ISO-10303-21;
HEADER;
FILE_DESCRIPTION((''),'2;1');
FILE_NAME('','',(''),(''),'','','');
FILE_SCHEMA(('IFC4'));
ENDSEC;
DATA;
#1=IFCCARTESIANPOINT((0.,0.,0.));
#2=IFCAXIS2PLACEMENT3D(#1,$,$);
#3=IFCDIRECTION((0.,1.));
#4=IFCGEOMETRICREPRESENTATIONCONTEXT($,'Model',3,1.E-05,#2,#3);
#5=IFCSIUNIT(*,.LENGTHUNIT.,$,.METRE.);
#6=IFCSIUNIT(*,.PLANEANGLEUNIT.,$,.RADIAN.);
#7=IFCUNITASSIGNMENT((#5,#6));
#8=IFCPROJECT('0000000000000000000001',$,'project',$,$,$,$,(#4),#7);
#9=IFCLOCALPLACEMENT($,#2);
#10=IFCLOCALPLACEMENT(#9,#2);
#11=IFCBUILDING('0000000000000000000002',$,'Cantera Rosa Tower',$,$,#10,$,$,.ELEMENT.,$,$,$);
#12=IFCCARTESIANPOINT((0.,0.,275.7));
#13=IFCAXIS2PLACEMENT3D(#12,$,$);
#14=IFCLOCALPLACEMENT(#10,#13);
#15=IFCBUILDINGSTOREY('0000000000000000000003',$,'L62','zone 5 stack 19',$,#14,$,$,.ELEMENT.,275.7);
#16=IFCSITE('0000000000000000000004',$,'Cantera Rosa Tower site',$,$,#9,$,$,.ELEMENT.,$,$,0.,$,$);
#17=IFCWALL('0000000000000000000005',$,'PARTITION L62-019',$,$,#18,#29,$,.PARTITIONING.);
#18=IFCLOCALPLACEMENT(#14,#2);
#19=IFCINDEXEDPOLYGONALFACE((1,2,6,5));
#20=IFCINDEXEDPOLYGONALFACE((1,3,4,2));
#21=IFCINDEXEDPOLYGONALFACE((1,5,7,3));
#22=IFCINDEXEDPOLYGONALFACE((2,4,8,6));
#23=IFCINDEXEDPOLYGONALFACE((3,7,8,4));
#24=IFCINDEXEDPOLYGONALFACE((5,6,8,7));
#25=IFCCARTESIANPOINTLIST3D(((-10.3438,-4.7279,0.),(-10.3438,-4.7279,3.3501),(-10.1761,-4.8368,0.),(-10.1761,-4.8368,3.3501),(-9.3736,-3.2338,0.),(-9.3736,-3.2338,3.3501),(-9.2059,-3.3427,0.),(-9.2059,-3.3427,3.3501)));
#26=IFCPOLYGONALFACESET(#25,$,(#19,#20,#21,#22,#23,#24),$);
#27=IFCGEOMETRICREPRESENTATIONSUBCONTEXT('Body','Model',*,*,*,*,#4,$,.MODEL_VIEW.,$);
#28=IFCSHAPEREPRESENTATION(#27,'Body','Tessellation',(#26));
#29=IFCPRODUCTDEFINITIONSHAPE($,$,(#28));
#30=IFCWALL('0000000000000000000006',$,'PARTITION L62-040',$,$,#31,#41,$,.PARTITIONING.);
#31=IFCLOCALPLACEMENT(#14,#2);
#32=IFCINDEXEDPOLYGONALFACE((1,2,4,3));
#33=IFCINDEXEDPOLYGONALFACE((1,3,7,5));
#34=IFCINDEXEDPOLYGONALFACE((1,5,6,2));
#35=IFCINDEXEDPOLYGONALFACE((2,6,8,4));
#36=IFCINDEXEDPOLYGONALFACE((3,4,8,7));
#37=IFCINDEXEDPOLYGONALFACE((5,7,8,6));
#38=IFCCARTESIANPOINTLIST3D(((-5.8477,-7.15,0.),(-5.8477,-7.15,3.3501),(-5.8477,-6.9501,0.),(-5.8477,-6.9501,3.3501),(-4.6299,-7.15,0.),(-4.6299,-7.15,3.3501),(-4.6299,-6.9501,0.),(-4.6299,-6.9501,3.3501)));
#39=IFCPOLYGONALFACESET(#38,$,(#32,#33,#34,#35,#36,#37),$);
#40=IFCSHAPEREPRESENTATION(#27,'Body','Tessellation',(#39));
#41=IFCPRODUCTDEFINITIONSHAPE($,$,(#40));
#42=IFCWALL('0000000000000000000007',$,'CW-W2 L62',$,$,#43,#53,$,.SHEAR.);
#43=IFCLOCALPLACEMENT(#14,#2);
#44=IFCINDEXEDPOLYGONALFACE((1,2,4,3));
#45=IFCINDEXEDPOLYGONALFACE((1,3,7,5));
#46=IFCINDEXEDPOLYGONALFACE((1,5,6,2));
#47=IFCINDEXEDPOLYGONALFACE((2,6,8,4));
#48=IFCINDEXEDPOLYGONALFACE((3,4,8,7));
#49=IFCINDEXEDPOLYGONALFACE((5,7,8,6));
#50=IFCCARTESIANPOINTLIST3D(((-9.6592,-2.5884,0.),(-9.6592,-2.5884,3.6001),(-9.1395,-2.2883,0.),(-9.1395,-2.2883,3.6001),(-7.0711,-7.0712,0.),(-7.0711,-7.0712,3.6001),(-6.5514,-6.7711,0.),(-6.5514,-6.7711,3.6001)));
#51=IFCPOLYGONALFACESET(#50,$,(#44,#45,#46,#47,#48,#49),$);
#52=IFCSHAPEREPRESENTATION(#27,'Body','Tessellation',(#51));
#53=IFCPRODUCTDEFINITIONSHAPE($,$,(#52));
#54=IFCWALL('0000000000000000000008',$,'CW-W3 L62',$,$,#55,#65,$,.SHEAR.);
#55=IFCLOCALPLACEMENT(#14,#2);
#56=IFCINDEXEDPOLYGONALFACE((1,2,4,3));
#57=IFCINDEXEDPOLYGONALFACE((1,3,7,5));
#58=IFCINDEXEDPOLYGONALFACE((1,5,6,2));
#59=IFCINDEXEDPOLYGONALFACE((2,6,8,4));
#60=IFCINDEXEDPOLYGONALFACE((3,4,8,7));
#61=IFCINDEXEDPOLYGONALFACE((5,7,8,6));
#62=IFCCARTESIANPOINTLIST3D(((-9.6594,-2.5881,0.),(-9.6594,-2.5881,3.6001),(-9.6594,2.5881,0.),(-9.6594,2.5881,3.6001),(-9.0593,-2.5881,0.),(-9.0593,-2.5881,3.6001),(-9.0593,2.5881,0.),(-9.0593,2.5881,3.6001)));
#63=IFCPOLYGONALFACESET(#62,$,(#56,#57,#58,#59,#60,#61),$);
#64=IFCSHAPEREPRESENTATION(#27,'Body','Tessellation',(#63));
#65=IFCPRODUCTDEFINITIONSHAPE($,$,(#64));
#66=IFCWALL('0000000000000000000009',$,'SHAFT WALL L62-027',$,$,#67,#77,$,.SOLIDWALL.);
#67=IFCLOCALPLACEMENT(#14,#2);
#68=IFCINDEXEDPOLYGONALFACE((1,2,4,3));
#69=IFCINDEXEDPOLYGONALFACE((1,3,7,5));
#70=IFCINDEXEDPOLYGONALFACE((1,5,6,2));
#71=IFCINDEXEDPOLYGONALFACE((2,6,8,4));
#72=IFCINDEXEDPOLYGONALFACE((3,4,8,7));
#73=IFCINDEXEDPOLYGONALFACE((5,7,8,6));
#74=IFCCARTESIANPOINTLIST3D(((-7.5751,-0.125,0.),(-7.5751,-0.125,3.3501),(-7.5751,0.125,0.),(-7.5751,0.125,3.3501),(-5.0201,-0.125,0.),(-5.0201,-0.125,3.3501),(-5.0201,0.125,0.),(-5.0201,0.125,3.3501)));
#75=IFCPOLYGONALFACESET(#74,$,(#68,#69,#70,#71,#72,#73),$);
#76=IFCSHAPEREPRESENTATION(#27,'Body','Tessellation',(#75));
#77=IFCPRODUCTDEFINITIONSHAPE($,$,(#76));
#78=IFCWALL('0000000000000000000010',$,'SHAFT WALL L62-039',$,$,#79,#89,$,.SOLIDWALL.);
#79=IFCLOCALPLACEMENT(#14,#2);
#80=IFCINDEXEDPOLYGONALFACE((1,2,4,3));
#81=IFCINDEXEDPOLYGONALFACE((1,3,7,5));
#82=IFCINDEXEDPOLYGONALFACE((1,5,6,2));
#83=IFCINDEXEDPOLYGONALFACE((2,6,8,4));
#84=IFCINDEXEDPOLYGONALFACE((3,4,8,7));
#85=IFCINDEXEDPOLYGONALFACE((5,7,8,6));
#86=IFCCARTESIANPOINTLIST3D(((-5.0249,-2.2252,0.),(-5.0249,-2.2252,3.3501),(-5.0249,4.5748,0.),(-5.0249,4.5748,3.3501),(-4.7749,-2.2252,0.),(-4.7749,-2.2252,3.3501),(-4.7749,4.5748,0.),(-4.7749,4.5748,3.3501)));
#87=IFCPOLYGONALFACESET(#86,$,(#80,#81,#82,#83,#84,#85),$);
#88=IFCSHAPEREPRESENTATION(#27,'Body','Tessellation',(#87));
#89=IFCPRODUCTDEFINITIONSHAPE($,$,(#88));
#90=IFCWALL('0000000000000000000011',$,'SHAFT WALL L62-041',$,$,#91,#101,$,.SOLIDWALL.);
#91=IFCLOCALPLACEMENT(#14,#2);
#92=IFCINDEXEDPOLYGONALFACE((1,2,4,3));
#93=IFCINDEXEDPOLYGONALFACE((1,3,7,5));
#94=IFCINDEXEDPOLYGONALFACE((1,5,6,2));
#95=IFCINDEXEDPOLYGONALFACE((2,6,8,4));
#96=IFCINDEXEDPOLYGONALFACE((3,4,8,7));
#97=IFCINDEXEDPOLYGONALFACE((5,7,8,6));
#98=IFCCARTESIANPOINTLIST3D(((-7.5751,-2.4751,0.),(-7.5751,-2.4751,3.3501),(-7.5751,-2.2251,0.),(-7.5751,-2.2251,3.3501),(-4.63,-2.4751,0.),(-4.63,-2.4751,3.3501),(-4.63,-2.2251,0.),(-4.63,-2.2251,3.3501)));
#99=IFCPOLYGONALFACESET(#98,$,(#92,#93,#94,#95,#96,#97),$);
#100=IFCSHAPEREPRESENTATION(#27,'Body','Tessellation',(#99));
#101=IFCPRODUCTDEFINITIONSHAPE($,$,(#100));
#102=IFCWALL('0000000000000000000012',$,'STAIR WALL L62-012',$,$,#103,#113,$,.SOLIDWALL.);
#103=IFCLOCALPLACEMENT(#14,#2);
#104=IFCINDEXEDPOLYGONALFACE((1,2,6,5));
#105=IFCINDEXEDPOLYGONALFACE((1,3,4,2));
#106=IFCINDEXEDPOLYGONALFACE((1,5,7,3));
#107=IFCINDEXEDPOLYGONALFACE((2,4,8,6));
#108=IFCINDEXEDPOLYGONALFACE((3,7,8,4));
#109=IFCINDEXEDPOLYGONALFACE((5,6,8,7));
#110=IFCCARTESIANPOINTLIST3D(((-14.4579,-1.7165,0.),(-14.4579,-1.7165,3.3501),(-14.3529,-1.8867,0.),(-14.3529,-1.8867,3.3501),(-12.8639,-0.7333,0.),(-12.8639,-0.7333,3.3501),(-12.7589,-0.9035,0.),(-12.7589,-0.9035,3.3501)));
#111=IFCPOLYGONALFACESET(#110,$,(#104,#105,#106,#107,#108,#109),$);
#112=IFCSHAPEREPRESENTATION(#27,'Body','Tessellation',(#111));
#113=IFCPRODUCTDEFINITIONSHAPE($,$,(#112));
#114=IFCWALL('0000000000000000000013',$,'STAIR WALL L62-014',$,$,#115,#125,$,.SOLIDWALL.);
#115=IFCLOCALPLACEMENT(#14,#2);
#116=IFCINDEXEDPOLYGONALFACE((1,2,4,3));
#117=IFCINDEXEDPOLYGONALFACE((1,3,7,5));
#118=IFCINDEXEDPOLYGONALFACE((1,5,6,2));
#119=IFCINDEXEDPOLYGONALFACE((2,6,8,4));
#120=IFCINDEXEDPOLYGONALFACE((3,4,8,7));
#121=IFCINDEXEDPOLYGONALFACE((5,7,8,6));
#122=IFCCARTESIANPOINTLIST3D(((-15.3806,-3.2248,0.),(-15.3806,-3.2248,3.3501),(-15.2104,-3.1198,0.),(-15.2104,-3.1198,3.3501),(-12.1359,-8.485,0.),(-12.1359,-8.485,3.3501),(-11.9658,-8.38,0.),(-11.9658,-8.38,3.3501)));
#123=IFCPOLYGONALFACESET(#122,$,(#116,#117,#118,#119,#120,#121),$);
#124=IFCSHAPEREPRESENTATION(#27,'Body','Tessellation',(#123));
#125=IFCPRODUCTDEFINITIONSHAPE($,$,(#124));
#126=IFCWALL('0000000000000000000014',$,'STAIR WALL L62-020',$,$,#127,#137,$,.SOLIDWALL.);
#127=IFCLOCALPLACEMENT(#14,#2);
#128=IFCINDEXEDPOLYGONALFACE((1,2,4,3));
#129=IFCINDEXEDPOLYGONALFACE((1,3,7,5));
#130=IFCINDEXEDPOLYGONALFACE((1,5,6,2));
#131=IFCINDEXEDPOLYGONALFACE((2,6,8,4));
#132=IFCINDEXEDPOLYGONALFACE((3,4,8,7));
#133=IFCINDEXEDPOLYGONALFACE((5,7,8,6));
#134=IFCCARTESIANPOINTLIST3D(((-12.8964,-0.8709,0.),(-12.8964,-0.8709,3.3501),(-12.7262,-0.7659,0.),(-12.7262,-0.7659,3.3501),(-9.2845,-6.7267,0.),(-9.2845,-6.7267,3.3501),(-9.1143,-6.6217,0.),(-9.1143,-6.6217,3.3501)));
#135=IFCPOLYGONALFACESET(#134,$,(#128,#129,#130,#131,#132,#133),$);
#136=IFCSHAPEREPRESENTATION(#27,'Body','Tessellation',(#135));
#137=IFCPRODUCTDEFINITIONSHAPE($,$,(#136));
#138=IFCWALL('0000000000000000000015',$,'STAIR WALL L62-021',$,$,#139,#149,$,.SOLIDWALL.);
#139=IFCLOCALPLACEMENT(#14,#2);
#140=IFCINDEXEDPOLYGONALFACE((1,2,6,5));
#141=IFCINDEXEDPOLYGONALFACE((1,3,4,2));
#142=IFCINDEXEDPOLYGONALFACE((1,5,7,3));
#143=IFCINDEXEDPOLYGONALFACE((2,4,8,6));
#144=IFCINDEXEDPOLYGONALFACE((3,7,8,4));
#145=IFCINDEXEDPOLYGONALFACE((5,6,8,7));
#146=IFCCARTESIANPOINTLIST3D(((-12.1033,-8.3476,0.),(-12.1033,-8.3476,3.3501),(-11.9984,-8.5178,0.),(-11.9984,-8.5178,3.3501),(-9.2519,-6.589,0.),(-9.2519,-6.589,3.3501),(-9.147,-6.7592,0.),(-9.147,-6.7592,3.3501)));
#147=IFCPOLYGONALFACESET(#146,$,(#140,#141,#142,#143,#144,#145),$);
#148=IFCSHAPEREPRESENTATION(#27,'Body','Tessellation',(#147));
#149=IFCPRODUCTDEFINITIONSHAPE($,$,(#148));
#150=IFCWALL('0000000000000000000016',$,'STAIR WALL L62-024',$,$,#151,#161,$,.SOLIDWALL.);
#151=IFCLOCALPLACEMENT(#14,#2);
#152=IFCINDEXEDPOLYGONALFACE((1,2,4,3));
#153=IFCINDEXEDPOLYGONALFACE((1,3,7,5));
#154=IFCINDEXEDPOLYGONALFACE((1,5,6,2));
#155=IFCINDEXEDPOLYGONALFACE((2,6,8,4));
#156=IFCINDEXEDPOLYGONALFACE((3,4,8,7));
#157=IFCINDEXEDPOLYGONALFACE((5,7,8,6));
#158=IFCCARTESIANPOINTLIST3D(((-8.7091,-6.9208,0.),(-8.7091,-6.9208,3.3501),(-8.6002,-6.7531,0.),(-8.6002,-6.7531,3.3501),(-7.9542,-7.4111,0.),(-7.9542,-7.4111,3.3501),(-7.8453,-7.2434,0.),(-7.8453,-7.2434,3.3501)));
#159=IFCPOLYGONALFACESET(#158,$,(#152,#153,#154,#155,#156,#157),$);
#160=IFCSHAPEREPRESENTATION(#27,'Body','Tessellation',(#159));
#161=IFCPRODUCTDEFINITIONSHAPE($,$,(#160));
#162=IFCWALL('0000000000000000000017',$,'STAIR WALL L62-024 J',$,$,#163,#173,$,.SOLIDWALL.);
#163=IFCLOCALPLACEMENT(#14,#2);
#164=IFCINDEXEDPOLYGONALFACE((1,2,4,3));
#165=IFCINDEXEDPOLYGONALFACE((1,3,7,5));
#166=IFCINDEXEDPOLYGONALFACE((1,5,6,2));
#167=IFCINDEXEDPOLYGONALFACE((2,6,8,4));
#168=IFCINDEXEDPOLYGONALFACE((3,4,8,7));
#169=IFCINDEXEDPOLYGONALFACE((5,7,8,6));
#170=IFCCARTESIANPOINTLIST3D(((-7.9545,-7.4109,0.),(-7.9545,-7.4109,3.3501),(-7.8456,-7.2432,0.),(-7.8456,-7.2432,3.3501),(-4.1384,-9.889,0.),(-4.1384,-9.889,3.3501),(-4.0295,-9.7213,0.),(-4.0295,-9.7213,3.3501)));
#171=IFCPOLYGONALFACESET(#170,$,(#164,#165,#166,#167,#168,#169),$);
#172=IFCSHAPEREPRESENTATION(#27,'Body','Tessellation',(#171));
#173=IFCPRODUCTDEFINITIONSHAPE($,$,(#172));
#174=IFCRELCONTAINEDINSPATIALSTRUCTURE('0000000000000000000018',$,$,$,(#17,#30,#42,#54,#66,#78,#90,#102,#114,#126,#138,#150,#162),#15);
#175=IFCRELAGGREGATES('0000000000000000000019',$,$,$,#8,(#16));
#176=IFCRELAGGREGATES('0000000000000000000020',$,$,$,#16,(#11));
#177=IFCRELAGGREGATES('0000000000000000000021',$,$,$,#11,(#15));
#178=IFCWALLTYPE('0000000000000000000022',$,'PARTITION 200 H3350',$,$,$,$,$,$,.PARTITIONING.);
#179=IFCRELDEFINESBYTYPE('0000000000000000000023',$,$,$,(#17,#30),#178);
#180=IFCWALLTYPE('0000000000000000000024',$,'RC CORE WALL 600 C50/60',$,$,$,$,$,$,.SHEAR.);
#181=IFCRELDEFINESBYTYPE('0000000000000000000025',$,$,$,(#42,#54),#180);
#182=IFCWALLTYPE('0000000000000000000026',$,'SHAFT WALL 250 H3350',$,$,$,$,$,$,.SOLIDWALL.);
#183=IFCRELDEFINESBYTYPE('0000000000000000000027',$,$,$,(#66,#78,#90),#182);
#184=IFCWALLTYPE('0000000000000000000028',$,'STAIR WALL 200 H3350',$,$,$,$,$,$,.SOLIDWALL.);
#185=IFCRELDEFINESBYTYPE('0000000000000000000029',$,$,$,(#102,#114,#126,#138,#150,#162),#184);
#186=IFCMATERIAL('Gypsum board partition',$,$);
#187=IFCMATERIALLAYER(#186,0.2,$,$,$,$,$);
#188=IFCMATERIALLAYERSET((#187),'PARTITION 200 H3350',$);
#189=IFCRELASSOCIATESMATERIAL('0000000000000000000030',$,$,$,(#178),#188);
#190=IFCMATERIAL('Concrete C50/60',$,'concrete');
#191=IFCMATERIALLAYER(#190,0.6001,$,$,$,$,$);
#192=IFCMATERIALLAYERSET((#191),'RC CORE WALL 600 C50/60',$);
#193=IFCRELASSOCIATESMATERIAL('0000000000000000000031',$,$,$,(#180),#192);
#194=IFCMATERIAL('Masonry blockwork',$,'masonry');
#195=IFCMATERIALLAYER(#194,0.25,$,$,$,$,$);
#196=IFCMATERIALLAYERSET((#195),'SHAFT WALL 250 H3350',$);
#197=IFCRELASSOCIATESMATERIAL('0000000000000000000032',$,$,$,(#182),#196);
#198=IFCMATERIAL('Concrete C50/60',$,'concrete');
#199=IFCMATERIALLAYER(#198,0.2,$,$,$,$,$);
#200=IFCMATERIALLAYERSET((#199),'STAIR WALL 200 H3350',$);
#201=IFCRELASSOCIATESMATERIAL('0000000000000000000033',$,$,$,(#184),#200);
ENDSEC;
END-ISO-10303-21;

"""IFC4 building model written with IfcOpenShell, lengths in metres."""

from ifc_helpers import new_model, si_unit, direction, frame, frame_2d, origin, place, context, subcontext, project, spatial, rectangle, extrude, material, layer, layer_set, type_object, element, save


model = new_model("IFC4")

# Units and contexts
model_context = context("Model", 3, precision=1e-05, world=origin(), true_north=direction((0.0, 1.0)))
body_context = subcontext(model_context, "Body", "Model", "MODEL_VIEW")
ifc_project = project(units=[si_unit("LENGTHUNIT", "METRE"), si_unit("PLANEANGLEUNIT", "RADIAN")], contexts=[model_context])

# Site, building, storey
site_placement = place(None, origin())
site = spatial("IfcSite", under=ifc_project, at=site_placement, Name="Cantera Rosa Tower site", CompositionType="ELEMENT", RefElevation=0.0)
building_placement = place(site_placement, origin())
building = spatial("IfcBuilding", under=site, at=building_placement, Name="Cantera Rosa Tower", CompositionType="ELEMENT")
storey_placement = place(building_placement, frame((0.0, 0.0, 275.7)))
storey = spatial("IfcBuildingStorey", under=building, at=storey_placement, Name="L62", Description="zone 5 stack 19", CompositionType="ELEMENT", Elevation=275.7)

# Walls
ifc_material_1 = material(Name="Gypsum board partition")
ifc_layer_1 = layer(ifc_material_1, 0.2)
ifc_layer_set_1 = layer_set([ifc_layer_1], Name="PARTITION 200 H3350")
wall_type_1 = type_object("IfcWallType", Name="PARTITION 200 H3350", PredefinedType="PARTITIONING", material=ifc_layer_set_1)
wall_1_placement = place(storey_placement, frame((-9.2898, -3.2883, 0.0), z_axis=(0.0, 0.0, 1.0), x_axis=(-0.544603, -0.838694, 0.0)))
element("IfcWall", 1, at=wall_1_placement, inside=storey, type_object=wall_type_1, Name="PARTITION L62-019", PredefinedType="PARTITIONING", context=body_context, shape_type="SweptSolid", body=[
    extrude(rectangle(XDim=1.7815, YDim=0.2, at=frame_2d((0.8906, 0.0))), origin(), (0.0, 0.0, 1.0), 3.3501),
])
wall_2_placement = place(storey_placement, frame((-4.6299, -7.05, 0.0), z_axis=(0.0, 0.0, 1.0), x_axis=(-1.0, 0.0, 0.0)))
element("IfcWall", 2, at=wall_2_placement, inside=storey, type_object=wall_type_1, Name="PARTITION L62-040", PredefinedType="PARTITIONING", context=body_context, shape_type="SweptSolid", body=[
    extrude(rectangle(XDim=1.2178, YDim=0.2, at=frame_2d((0.6089, 0.0))), origin(), (0.0, 0.0, 1.0), 3.3501),
])
ifc_material_2 = material(Name="Concrete C50/60", Category="concrete")
ifc_layer_2 = layer(ifc_material_2, 0.6001)
ifc_layer_set_2 = layer_set([ifc_layer_2], Name="RC CORE WALL 600 C50/60")
wall_type_2 = type_object("IfcWallType", Name="RC CORE WALL 600 C50/60", PredefinedType="SHEAR", material=ifc_layer_set_2)
for number, where, z_axis, x_axis, name in (
    (3, (-6.8113, -6.9211, 0.0), (0.0, 0.0, 1.0), (-0.499989, 0.866032, 0.0), "CW-W2 L62"),
    (4, (-9.3594, -2.5881, 0.0), (0.0, 0.0, 1.0), (0.0, 1.0, 0.0), "CW-W3 L62"),
):
    element("IfcWall", number, at=place(storey_placement, frame(where, z_axis=z_axis, x_axis=x_axis)), inside=storey, type_object=wall_type_2, Name=name, PredefinedType="SHEAR", context=body_context, shape_type="SweptSolid", body=[
        extrude(rectangle(XDim=5.1763, YDim=0.6001, at=frame_2d((2.5881, 0.0))), origin(), (0.0, 0.0, 1.0), 3.6001),
    ])
ifc_material_3 = material(Name="Masonry blockwork", Category="masonry")
ifc_layer_3 = layer(ifc_material_3, 0.25)
ifc_layer_set_3 = layer_set([ifc_layer_3], Name="SHAFT WALL 250 H3350")
wall_type_3 = type_object("IfcWallType", Name="SHAFT WALL 250 H3350", PredefinedType="SOLIDWALL", material=ifc_layer_set_3)
wall_3_placement = place(storey_placement, frame((-7.575, 0.0, 0.0), z_axis=(0.0, 0.0, 1.0), x_axis=(1.0, 0.0, 0.0)))
element("IfcWall", 5, at=wall_3_placement, inside=storey, type_object=wall_type_3, Name="SHAFT WALL L62-027", PredefinedType="SOLIDWALL", context=body_context, shape_type="SweptSolid", body=[
    extrude(rectangle(XDim=2.5549, YDim=0.25, at=frame_2d((1.2773, 0.0))), origin(), (0.0, 0.0, 1.0), 3.3501),
])
wall_4_placement = place(storey_placement, frame((-4.8999, -2.2251, 0.0), z_axis=(0.0, 0.0, 1.0), x_axis=(0.0, 1.0, 0.0)))
element("IfcWall", 6, at=wall_4_placement, inside=storey, type_object=wall_type_3, Name="SHAFT WALL L62-039", PredefinedType="SOLIDWALL", context=body_context, shape_type="SweptSolid", body=[
    extrude(rectangle(XDim=6.8, YDim=0.25, at=frame_2d((3.3999, 0.0))), origin(), (0.0, 0.0, 1.0), 3.3501),
])
wall_5_placement = place(storey_placement, frame((-4.6299, -2.3501, 0.0), z_axis=(0.0, 0.0, 1.0), x_axis=(-1.0, 0.0, 0.0)))
element("IfcWall", 7, at=wall_5_placement, inside=storey, type_object=wall_type_3, Name="SHAFT WALL L62-041", PredefinedType="SOLIDWALL", context=body_context, shape_type="SweptSolid", body=[
    extrude(rectangle(XDim=2.9451, YDim=0.25, at=frame_2d((1.4727, 0.0))), origin(), (0.0, 0.0, 1.0), 3.3501),
])
ifc_material_4 = material(Name="Concrete C50/60", Category="concrete")
ifc_layer_4 = layer(ifc_material_4, 0.2)
ifc_layer_set_4 = layer_set([ifc_layer_4], Name="STAIR WALL 200 H3350")
wall_type_4 = type_object("IfcWallType", Name="STAIR WALL 200 H3350", PredefinedType="SOLIDWALL", material=ifc_layer_set_4)
wall_6_placement = place(storey_placement, frame((-12.8113, -0.8184, 0.0), z_axis=(0.0, 0.0, 1.0), x_axis=(-0.851125, -0.524963, 0.0)))
element("IfcWall", 8, at=wall_6_placement, inside=storey, type_object=wall_type_4, Name="STAIR WALL L62-012", PredefinedType="SOLIDWALL", context=body_context, shape_type="SweptSolid", body=[
    extrude(rectangle(XDim=1.8728, YDim=0.2, at=frame_2d((0.9365, 0.0))), origin(), (0.0, 0.0, 1.0), 3.3501),
])
wall_7_placement = place(storey_placement, frame((-12.0508, -8.4326, 0.0), z_axis=(0.0, 0.0, 1.0), x_axis=(-0.524983, 0.851113, 0.0)))
element("IfcWall", 9, at=wall_7_placement, inside=storey, type_object=wall_type_4, Name="STAIR WALL L62-014", PredefinedType="SOLIDWALL", context=body_context, shape_type="SweptSolid", body=[
    extrude(rectangle(XDim=6.1804, YDim=0.2, at=frame_2d((3.0903, 0.0))), origin(), (0.0, 0.0, 1.0), 3.3501),
])
wall_8_placement = place(storey_placement, frame((-9.1995, -6.6741, 0.0), z_axis=(0.0, 0.0, 1.0), x_axis=(-0.524972, 0.851119, 0.0)))
element("IfcWall", 10, at=wall_8_placement, inside=storey, type_object=wall_type_4, Name="STAIR WALL L62-020", PredefinedType="SOLIDWALL", context=body_context, shape_type="SweptSolid", body=[
    extrude(rectangle(XDim=6.8801, YDim=0.2, at=frame_2d((3.4399, 0.0))), origin(), (0.0, 0.0, 1.0), 3.3501),
])
wall_9_placement = place(storey_placement, frame((-9.1995, -6.6741, 0.0), z_axis=(0.0, 0.0, 1.0), x_axis=(-0.85114, -0.524939, 0.0)))
element("IfcWall", 11, at=wall_9_placement, inside=storey, type_object=wall_type_4, Name="STAIR WALL L62-021", PredefinedType="SOLIDWALL", context=body_context, shape_type="SweptSolid", body=[
    extrude(rectangle(XDim=3.3501, YDim=0.2, at=frame_2d((1.675, 0.0))), origin(), (0.0, 0.0, 1.0), 3.3501),
])
wall_10_placement = place(storey_placement, frame((-8.6548, -6.8369, 0.0), z_axis=(0.0, 0.0, 1.0), x_axis=(0.838667, -0.544645, 0.0)))
element("IfcWall", 12, at=wall_10_placement, inside=storey, type_object=wall_type_4, Name="STAIR WALL L62-024", PredefinedType="SOLIDWALL", context=body_context, shape_type="SweptSolid", body=[
    extrude(rectangle(XDim=0.9001, YDim=0.2, at=frame_2d((0.4502, 0.0))), origin(), (0.0, 0.0, 1.0), 3.3501),
])
wall_11_placement = place(storey_placement, frame((-7.8999, -7.3271, 0.0), z_axis=(0.0, 0.0, 1.0), x_axis=(0.838676, -0.54463, 0.0)))
element("IfcWall", 13, at=wall_11_placement, inside=storey, type_object=wall_type_4, Name="STAIR WALL L62-024 J", PredefinedType="SOLIDWALL", context=body_context, shape_type="SweptSolid", body=[
    extrude(rectangle(XDim=4.55, YDim=0.2, at=frame_2d((2.2749, 0.0))), origin(), (0.0, 0.0, 1.0), 3.3501),
])

save(model, "model.ifc")
